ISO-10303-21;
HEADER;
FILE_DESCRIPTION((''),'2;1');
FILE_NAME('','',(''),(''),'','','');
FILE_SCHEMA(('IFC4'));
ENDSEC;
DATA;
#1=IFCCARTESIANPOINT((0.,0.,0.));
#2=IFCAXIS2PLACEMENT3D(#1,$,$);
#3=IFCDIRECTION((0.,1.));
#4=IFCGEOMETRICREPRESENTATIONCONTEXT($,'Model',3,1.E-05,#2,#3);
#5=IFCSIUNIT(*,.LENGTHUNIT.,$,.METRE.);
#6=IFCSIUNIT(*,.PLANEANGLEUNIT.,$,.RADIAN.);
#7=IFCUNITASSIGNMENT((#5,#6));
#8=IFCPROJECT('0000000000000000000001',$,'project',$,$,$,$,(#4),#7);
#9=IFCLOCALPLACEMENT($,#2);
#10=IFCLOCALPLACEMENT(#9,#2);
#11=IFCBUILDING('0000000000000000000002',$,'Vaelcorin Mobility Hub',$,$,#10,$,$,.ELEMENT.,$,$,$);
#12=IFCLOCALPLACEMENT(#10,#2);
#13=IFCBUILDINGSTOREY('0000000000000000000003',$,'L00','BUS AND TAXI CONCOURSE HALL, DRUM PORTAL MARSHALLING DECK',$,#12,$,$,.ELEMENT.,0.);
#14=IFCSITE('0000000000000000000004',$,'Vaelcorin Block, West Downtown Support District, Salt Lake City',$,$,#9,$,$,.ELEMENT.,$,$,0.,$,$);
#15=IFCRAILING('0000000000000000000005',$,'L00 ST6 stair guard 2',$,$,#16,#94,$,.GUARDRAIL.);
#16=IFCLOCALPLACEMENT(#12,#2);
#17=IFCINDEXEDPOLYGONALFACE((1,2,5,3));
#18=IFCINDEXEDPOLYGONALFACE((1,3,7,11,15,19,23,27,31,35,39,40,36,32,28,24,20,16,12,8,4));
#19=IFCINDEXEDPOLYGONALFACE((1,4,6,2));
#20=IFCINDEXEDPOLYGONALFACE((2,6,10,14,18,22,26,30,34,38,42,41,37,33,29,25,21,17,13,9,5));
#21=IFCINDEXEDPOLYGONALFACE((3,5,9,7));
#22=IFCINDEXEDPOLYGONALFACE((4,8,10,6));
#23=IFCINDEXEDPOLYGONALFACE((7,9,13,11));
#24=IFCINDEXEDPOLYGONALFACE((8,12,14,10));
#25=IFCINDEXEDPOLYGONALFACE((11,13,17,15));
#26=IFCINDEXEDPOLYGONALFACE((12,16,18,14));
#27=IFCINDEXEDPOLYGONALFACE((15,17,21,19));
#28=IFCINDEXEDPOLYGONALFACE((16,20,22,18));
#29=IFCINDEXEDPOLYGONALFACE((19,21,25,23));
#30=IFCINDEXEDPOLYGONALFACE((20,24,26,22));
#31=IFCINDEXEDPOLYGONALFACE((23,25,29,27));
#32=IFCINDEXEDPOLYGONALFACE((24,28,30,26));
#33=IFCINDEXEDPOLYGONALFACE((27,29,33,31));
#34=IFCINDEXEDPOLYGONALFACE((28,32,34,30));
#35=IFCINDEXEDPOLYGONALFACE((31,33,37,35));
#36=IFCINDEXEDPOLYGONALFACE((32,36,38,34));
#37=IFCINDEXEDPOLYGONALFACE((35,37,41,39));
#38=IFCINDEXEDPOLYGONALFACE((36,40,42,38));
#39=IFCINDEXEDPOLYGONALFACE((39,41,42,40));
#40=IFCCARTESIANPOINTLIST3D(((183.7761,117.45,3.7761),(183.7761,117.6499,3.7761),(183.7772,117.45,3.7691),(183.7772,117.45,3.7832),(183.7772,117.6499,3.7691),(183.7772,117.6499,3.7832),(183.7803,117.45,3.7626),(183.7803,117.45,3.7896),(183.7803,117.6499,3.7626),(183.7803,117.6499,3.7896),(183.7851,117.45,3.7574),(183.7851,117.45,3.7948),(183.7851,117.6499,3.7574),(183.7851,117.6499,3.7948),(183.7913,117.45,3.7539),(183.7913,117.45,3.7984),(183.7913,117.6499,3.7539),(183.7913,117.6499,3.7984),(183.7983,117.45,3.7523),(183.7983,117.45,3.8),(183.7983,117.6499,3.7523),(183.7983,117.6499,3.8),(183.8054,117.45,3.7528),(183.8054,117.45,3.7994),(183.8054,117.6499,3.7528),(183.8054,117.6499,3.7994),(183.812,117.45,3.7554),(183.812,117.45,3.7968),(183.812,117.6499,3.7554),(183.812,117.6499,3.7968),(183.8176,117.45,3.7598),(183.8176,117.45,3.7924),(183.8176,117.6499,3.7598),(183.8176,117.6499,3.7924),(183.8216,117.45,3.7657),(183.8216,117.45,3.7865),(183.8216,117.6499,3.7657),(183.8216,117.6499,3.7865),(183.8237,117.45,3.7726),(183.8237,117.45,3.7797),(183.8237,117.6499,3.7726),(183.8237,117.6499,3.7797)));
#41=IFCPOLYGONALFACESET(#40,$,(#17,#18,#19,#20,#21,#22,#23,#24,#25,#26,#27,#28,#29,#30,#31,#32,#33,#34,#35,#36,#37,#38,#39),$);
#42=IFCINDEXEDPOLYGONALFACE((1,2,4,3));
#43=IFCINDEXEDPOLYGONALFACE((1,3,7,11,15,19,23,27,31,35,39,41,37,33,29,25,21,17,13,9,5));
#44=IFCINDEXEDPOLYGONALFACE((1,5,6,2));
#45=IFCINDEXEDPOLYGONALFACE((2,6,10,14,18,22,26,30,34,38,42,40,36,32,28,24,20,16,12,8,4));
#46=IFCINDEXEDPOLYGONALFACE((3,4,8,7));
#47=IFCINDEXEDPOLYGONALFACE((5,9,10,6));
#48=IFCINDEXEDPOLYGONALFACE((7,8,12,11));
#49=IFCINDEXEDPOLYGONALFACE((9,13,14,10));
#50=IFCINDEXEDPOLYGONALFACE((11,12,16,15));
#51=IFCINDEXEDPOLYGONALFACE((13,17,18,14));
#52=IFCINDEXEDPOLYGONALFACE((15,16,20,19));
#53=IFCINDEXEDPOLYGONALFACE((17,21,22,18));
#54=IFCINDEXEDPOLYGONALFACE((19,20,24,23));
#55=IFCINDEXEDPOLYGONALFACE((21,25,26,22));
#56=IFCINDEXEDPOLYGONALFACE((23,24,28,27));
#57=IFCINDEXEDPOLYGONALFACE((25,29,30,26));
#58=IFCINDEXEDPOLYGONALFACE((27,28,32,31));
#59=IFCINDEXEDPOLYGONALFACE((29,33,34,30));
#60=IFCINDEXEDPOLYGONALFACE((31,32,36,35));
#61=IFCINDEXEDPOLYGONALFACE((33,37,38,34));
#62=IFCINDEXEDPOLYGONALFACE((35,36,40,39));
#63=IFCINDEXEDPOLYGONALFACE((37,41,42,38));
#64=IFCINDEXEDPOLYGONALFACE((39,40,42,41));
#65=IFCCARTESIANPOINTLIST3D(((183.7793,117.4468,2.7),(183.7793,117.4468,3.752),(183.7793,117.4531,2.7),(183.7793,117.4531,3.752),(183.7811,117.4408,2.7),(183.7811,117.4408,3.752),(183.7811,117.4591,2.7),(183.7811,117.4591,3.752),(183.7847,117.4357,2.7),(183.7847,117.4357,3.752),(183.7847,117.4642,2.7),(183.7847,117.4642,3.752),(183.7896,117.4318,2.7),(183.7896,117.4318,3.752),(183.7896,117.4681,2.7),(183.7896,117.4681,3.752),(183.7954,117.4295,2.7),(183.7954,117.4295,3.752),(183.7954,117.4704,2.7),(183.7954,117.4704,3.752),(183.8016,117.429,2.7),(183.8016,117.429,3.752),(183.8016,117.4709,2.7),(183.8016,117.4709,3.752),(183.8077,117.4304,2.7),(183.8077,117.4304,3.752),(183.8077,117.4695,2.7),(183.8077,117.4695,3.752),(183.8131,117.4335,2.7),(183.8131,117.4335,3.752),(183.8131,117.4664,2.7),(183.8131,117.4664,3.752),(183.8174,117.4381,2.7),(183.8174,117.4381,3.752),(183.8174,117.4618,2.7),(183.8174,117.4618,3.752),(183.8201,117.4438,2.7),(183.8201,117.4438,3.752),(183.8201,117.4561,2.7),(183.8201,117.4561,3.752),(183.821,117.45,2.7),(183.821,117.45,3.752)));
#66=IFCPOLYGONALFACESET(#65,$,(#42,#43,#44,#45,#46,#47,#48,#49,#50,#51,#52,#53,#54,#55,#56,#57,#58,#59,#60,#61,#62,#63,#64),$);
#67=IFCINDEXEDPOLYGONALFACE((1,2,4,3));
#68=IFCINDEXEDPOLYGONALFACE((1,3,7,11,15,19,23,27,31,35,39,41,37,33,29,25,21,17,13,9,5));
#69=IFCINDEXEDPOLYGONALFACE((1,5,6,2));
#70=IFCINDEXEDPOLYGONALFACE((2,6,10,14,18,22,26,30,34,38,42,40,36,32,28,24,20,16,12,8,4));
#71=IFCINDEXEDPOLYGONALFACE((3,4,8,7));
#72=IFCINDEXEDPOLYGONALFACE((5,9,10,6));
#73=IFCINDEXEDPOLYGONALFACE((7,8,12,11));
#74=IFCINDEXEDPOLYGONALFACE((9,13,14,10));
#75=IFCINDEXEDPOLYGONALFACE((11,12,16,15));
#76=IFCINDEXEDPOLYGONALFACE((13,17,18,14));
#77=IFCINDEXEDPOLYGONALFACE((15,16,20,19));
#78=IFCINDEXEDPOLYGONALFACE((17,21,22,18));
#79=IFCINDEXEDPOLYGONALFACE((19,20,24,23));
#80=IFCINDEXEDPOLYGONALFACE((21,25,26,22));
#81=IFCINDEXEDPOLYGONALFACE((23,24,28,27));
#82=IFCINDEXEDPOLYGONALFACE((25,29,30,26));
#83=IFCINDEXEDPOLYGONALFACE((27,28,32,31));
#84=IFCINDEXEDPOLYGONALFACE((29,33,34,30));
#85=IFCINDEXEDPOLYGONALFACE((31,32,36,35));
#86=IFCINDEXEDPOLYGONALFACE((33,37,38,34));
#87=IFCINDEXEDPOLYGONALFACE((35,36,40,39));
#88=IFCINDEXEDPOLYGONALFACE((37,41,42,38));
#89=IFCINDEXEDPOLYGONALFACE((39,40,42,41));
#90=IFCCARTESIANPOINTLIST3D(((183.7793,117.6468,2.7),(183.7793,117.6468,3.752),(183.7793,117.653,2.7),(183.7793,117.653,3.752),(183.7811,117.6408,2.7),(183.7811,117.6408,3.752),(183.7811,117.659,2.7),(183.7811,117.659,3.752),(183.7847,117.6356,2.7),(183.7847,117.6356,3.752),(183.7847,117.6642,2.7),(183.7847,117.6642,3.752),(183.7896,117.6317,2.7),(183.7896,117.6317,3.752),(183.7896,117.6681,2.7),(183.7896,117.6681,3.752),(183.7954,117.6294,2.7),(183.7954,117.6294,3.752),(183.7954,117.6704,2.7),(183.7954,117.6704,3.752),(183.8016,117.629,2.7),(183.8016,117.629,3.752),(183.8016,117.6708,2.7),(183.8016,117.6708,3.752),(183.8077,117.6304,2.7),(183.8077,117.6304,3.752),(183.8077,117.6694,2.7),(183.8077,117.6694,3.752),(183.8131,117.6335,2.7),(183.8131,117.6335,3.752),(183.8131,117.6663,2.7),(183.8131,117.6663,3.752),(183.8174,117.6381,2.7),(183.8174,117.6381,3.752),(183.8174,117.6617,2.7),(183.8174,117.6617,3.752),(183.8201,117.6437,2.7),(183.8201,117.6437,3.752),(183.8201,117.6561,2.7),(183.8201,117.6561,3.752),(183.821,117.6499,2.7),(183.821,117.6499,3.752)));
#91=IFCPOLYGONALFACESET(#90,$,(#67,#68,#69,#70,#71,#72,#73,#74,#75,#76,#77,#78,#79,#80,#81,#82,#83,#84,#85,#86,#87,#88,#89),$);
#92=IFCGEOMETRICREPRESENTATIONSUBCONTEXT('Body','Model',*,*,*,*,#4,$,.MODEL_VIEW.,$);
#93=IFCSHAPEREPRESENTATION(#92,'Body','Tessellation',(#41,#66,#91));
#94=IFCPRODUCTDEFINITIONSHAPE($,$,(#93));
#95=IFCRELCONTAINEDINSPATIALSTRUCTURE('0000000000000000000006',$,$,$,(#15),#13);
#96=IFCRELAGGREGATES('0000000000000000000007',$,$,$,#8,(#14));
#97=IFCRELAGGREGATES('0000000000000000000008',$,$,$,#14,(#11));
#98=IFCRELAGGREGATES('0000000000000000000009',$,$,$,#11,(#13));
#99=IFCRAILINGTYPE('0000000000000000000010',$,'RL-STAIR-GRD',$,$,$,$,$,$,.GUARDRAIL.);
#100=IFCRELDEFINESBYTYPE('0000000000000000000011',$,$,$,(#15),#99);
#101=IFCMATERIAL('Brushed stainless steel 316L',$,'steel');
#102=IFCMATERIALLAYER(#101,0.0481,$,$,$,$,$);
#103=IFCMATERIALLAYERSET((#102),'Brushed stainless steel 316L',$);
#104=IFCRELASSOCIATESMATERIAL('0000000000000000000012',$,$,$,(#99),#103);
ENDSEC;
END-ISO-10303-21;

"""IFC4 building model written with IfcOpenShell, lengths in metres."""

from ifc_helpers import new_model, si_unit, direction, frame, origin, origin_2d, place, context, subcontext, project, spatial, circle, extrude, material, layer, layer_set, type_object, element, save


model = new_model("IFC4")

# Units and contexts
model_context = context("Model", 3, precision=1e-05, world=origin(), true_north=direction((0.0, 1.0)))
body_context = subcontext(model_context, "Body", "Model", "MODEL_VIEW")
ifc_project = project(units=[si_unit("LENGTHUNIT", "METRE"), si_unit("PLANEANGLEUNIT", "RADIAN")], contexts=[model_context])

# Site, building, storey
site_placement = place(None, origin())
site = spatial("IfcSite", under=ifc_project, at=site_placement, Name="Vaelcorin Block, West Downtown Support District, Salt Lake City", CompositionType="ELEMENT", RefElevation=0.0)
building_placement = place(site_placement, origin())
building = spatial("IfcBuilding", under=site, at=building_placement, Name="Vaelcorin Mobility Hub", CompositionType="ELEMENT")
storey_placement = place(building_placement, origin())
storey = spatial("IfcBuildingStorey", under=building, at=storey_placement, Name="L00", Description="BUS AND TAXI CONCOURSE HALL, DRUM PORTAL MARSHALLING DECK", CompositionType="ELEMENT", Elevation=0.0)

# Railing
ifc_material_1 = material(Name="Brushed stainless steel 316L", Category="steel")
ifc_layer_1 = layer(ifc_material_1, 0.0481)
ifc_layer_set_1 = layer_set([ifc_layer_1], Name="Brushed stainless steel 316L")
railing_type_1 = type_object("IfcRailingType", Name="RL-STAIR-GRD", PredefinedType="GUARDRAIL", material=ifc_layer_set_1)
railing_1_placement = place(storey_placement, frame((183.8, 117.45, 2.7)))
element("IfcRailing", 1, at=railing_1_placement, inside=storey, type_object=railing_type_1, Name="L00 ST6 stair guard 2", PredefinedType="GUARDRAIL", context=body_context, shape_type="SweptSolid", body=[
    extrude(circle(Radius=0.0239, at=origin_2d()), frame((0.0, 0.0, 1.0762), z_axis=(0.0, 1.0, 0.0), x_axis=(-1.0, 0.0, 0.0)), (0.0, 0.0, 1.0), 0.2),
    extrude(circle(Radius=0.021, at=origin_2d()), origin(), (0.0, 0.0, 1.0), 1.052),
    extrude(circle(Radius=0.021, at=origin_2d()), frame((0.0, 0.2, 0.0)), (0.0, 0.0, 1.0), 1.052),
])

save(model, "model.ifc")
